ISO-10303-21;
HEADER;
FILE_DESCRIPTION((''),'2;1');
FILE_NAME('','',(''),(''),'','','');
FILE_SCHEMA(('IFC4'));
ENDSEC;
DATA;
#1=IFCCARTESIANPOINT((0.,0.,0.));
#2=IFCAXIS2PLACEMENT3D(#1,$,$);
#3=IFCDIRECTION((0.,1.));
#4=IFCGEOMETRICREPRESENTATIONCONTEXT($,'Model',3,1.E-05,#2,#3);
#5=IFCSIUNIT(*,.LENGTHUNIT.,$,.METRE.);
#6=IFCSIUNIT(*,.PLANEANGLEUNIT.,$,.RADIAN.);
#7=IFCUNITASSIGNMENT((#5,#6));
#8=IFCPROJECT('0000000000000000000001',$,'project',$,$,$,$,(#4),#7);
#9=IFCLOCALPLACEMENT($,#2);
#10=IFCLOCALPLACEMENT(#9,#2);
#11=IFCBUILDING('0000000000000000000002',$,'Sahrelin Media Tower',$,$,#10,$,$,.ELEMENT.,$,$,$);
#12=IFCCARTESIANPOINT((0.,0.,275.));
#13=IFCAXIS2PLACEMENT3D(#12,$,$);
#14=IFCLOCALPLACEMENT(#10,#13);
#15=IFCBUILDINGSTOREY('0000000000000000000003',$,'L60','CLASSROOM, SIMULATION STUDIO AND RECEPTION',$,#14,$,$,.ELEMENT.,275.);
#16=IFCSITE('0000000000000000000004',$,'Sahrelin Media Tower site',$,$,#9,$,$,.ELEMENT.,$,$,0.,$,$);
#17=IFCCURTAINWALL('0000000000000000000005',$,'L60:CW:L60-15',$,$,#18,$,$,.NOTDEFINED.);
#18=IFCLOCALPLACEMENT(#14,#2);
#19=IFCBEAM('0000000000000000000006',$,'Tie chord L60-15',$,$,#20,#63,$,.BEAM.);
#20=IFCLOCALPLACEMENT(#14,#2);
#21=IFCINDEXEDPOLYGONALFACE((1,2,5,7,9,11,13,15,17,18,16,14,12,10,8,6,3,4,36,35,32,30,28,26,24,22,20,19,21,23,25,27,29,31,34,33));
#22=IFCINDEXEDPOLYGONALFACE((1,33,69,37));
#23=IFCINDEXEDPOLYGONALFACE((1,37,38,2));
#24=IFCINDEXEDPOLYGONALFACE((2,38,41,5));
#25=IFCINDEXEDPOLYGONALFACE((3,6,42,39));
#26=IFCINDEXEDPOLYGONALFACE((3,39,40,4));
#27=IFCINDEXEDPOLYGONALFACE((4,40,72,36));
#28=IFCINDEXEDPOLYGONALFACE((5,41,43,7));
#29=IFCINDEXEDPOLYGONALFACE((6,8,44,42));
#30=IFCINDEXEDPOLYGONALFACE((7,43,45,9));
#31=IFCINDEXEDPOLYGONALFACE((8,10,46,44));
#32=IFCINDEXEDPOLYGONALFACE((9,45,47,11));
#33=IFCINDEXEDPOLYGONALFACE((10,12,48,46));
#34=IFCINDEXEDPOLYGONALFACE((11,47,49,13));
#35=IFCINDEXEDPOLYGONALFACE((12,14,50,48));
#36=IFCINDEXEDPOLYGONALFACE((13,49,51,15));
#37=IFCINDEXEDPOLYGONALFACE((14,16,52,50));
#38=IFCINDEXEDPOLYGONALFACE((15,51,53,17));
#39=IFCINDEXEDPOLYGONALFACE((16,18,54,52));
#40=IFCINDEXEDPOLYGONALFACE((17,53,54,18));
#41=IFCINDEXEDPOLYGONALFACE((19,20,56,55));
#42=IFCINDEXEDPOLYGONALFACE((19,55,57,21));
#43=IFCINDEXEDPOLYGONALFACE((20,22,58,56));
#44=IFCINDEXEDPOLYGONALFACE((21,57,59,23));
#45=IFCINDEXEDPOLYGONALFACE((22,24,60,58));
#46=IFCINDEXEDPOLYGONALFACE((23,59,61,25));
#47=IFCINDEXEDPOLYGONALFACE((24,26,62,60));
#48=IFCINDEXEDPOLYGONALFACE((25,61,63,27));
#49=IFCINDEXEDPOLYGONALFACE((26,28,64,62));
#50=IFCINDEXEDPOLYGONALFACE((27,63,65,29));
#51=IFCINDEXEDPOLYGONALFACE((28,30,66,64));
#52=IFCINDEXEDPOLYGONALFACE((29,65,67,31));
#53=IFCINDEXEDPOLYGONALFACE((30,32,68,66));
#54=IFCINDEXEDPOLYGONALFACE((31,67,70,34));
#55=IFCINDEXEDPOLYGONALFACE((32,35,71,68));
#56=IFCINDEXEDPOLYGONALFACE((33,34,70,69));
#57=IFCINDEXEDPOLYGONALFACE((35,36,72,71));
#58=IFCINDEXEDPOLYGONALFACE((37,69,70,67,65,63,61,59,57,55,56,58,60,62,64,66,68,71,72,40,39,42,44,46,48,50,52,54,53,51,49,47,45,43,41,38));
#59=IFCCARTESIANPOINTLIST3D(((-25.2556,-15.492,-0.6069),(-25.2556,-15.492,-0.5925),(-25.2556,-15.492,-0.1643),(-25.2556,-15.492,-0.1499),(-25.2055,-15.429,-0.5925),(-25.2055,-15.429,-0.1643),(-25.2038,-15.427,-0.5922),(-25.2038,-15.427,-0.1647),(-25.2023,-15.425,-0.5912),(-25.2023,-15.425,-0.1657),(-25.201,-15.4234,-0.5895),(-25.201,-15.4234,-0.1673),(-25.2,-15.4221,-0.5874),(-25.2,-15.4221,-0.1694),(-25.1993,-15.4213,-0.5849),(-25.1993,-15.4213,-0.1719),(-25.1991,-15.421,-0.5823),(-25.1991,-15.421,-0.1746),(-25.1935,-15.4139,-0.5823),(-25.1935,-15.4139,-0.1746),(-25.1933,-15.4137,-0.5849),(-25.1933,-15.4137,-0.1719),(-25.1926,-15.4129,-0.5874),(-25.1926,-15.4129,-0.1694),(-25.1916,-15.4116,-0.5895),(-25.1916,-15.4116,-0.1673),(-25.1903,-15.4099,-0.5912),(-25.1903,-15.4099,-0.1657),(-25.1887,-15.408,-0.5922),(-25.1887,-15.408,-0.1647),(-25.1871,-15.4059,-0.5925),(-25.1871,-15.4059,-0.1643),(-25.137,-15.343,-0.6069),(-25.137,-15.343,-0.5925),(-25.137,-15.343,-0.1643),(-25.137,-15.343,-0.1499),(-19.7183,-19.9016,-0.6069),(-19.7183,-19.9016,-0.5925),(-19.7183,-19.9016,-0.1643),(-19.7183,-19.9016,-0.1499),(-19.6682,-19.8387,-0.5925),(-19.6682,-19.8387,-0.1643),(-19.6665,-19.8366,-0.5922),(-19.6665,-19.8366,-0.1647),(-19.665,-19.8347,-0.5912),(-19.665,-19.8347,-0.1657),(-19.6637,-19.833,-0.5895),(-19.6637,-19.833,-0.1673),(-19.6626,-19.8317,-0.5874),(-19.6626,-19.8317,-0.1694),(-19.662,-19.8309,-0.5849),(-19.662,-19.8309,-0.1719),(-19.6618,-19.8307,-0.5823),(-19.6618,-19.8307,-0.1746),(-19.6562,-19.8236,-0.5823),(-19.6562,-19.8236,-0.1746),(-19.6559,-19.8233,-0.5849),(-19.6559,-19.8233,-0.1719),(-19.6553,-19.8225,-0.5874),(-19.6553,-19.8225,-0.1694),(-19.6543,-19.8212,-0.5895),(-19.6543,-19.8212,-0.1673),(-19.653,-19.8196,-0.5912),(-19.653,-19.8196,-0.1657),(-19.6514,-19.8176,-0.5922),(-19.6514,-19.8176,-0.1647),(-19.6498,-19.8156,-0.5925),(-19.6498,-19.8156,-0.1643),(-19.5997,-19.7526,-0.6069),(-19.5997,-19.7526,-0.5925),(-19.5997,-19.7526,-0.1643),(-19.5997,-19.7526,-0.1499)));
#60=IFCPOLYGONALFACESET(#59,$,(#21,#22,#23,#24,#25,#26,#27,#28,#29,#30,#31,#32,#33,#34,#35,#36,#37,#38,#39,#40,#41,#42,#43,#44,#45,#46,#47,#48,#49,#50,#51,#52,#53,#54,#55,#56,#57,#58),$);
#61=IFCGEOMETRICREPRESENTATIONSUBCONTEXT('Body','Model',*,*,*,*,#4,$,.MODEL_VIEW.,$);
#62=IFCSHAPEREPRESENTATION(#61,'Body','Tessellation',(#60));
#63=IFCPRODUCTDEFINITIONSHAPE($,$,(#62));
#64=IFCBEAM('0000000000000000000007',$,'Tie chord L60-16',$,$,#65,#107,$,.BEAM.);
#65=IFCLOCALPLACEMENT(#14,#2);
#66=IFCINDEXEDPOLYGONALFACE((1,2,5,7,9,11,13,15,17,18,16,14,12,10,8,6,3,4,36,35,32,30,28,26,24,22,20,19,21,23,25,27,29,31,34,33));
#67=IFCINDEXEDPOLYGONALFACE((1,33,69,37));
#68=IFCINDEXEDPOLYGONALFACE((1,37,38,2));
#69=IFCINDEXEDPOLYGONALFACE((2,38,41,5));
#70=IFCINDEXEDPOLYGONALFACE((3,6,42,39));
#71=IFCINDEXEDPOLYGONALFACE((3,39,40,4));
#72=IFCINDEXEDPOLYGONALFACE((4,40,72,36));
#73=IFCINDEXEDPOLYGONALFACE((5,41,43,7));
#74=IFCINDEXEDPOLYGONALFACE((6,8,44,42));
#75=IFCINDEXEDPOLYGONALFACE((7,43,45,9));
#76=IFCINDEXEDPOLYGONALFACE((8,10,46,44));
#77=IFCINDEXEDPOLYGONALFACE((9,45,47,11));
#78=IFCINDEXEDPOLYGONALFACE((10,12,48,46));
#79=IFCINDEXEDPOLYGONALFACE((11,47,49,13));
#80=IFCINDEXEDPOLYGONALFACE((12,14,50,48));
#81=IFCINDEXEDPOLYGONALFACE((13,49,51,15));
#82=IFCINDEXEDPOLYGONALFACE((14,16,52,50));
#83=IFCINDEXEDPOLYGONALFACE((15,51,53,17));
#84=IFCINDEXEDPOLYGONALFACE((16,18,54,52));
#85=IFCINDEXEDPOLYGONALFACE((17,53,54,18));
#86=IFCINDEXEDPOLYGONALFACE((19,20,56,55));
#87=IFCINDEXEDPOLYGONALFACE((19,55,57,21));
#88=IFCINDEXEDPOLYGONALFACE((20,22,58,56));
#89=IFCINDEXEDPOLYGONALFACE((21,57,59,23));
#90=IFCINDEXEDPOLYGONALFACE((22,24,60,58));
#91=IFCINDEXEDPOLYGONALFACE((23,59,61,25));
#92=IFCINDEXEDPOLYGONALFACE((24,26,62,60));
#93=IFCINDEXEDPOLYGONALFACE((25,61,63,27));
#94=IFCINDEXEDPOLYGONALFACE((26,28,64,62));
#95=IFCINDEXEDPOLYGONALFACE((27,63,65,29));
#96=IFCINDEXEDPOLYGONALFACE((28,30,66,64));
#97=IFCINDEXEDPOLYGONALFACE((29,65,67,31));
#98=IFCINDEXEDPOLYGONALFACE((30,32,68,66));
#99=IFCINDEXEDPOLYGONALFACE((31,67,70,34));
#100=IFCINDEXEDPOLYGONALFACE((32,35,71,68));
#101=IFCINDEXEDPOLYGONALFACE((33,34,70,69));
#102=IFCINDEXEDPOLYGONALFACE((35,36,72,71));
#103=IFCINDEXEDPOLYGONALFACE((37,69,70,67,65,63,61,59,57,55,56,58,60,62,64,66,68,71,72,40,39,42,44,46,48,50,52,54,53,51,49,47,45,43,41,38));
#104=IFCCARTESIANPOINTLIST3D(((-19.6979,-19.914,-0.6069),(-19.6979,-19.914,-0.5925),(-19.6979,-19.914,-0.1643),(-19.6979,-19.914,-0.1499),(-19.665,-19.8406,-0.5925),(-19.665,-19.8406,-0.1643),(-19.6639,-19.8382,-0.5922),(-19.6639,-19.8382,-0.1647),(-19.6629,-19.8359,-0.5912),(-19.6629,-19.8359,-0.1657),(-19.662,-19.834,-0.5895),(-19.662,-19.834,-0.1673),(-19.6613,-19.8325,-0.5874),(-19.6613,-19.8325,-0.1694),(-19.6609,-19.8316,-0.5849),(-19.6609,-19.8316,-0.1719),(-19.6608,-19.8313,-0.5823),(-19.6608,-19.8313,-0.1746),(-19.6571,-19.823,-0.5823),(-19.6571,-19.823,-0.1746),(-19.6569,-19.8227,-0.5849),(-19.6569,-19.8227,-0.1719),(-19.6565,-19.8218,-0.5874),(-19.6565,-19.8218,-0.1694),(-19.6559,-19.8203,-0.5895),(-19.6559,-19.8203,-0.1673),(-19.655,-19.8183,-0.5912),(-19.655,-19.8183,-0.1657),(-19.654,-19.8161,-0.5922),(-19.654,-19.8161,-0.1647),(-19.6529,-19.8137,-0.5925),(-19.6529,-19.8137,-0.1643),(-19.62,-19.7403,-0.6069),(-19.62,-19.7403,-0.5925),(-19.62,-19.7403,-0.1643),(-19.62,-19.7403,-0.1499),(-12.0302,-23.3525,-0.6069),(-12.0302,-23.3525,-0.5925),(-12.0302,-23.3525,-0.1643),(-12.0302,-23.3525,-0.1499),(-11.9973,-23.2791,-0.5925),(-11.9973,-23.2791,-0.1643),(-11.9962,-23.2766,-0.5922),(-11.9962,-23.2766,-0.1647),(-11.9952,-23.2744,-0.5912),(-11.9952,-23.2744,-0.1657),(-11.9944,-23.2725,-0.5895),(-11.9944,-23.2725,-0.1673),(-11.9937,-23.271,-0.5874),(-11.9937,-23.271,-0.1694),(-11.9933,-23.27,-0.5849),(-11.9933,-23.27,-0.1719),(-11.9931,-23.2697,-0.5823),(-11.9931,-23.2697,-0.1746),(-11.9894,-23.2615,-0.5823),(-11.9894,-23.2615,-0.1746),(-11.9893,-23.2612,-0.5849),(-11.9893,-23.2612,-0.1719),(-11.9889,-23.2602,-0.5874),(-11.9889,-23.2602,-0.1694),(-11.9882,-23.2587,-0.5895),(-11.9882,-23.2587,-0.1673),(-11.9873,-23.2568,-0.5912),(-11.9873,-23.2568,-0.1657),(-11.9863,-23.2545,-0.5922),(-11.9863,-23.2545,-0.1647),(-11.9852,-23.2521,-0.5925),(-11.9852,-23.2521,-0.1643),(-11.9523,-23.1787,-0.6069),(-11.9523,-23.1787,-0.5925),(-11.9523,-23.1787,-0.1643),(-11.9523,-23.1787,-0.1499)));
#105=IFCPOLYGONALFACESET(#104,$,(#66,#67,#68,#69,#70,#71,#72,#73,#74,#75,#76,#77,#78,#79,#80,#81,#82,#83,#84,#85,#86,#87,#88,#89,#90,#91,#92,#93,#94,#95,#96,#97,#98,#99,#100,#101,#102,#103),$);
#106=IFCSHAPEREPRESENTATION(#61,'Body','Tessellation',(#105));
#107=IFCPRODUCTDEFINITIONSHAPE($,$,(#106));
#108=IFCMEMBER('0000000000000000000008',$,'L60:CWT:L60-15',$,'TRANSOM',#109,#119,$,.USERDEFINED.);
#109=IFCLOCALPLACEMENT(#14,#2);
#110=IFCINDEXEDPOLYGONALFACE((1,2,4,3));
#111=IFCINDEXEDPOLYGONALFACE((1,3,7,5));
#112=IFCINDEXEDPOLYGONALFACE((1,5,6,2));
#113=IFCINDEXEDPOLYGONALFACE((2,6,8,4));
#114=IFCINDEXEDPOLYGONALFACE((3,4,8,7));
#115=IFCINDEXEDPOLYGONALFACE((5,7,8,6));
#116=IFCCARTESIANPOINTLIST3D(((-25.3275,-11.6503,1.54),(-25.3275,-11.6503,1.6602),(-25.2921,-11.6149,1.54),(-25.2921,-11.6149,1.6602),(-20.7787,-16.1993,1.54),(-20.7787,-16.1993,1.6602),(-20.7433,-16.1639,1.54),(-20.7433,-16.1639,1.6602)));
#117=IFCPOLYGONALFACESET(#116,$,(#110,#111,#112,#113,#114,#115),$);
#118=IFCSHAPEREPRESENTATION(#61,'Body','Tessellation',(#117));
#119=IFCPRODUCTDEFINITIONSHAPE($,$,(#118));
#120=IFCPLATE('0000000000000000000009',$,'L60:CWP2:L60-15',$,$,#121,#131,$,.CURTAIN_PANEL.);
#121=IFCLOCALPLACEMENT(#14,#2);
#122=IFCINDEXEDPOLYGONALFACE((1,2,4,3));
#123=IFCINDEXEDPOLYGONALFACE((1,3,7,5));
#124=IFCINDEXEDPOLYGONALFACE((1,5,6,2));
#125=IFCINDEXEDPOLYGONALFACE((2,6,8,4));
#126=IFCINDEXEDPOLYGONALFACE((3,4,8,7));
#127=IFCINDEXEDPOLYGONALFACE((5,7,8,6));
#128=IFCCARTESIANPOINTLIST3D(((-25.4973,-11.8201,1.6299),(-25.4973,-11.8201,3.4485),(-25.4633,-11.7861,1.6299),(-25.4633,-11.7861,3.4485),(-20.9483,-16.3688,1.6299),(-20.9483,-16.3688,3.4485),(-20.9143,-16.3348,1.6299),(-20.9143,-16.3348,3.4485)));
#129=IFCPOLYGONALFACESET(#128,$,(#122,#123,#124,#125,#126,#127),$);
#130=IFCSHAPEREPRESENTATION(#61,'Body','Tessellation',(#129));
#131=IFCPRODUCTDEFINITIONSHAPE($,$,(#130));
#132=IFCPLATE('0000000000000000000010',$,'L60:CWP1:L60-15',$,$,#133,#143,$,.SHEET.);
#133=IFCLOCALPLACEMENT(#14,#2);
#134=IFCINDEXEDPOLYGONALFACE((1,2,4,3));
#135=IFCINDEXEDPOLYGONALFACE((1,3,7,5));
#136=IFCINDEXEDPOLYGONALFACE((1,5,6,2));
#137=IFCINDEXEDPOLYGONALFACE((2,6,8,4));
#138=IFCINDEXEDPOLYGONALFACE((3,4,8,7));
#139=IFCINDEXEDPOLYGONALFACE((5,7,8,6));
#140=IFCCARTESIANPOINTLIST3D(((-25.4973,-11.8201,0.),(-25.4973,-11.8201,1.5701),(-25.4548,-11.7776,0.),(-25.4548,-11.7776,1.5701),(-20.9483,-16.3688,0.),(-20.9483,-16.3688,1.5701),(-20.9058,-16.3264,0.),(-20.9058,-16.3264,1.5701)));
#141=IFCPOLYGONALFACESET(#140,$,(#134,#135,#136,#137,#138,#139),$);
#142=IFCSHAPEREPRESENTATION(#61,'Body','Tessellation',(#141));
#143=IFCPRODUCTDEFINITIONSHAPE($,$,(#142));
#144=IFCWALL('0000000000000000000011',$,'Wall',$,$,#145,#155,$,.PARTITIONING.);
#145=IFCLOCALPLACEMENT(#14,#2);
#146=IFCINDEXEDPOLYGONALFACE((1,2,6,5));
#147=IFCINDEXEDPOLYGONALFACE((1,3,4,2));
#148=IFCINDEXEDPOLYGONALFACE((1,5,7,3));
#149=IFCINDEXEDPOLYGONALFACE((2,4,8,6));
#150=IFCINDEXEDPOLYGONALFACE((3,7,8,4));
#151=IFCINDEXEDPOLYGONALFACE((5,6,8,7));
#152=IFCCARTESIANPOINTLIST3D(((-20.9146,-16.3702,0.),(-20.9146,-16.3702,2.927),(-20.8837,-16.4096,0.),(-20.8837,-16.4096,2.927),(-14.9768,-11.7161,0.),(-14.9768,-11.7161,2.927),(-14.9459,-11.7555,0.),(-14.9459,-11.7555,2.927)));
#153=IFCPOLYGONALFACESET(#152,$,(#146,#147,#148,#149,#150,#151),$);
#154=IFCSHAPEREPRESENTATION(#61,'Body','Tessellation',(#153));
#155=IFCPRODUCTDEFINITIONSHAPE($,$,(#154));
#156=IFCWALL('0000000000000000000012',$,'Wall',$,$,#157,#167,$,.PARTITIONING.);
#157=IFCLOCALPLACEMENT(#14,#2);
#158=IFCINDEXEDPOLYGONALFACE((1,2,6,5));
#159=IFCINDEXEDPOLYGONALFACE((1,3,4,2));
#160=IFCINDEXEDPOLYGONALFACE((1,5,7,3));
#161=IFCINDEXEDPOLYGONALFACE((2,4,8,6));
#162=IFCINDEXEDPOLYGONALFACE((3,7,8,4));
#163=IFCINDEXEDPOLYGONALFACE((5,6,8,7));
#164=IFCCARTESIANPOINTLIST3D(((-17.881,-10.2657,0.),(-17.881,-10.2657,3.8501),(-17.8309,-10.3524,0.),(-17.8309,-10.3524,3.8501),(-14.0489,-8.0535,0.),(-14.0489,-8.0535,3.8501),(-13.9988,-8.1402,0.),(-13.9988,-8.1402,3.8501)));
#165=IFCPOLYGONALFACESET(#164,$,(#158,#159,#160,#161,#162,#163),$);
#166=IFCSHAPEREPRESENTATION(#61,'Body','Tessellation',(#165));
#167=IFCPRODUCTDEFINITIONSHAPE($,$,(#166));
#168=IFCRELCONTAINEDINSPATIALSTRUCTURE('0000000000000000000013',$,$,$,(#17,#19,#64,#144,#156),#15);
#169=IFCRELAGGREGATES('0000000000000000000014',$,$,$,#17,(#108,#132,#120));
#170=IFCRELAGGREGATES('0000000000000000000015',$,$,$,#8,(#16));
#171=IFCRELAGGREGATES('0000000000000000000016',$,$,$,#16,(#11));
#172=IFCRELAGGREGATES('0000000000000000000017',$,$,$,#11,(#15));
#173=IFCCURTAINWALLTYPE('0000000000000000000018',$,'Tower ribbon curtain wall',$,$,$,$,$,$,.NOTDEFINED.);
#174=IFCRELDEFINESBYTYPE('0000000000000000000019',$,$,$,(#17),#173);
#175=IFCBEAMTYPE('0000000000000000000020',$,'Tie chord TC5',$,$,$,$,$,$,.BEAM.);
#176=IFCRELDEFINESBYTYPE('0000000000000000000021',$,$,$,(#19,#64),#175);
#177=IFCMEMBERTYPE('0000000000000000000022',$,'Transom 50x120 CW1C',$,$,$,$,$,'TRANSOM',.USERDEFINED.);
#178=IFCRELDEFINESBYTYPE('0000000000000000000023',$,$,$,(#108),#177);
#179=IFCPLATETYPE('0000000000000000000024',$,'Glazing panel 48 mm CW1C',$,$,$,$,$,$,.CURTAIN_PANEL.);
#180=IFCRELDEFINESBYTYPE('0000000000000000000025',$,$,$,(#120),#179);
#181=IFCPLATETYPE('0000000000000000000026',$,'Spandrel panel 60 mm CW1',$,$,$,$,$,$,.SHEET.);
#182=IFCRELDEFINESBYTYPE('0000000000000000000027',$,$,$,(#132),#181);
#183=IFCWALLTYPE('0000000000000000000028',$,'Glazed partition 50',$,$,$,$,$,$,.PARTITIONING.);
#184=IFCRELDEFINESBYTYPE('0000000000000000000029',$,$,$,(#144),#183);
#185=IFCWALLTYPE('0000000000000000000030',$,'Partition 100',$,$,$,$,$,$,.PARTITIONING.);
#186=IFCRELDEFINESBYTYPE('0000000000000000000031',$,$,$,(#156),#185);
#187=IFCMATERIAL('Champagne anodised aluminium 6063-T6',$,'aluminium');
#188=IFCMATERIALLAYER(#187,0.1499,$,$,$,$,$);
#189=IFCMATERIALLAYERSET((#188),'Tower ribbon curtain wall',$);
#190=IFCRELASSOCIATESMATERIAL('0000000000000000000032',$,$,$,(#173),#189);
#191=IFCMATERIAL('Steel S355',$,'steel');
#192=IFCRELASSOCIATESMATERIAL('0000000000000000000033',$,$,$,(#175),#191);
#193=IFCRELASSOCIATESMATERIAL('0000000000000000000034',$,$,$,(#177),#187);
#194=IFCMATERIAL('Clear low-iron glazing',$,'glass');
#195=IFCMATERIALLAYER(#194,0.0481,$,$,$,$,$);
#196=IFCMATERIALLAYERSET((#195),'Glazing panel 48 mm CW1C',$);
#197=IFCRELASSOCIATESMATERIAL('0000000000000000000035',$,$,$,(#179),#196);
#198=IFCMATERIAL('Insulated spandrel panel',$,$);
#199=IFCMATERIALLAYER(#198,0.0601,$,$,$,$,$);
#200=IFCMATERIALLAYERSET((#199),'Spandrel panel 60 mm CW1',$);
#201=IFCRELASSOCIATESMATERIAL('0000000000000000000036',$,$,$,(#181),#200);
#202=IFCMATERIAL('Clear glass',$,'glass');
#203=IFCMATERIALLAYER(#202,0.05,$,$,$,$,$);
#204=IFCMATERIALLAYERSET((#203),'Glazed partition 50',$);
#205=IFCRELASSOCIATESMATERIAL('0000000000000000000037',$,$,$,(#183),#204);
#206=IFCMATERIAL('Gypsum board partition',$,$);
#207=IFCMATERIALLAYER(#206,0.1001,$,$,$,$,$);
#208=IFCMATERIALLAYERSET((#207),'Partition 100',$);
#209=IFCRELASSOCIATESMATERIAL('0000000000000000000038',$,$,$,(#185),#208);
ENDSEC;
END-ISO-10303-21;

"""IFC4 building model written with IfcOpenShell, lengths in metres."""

from ifc_helpers import new_model, si_unit, direction, frame, frame_2d, origin, origin_2d, place, context, subcontext, project, spatial, polyline, rectangle, i_section, outline, extrude, material, layer, layer_set, material_profile, profile_set, type_object, element, aggregate, save


model = new_model("IFC4")

# Units and contexts
model_context = context("Model", 3, precision=1e-05, world=origin(), true_north=direction((0.0, 1.0)))
body_context = subcontext(model_context, "Body", "Model", "MODEL_VIEW")
ifc_project = project(units=[si_unit("LENGTHUNIT", "METRE"), si_unit("PLANEANGLEUNIT", "RADIAN")], contexts=[model_context])

# Site, building, storey
site_placement = place(None, origin())
site = spatial("IfcSite", under=ifc_project, at=site_placement, Name="Sahrelin Media Tower site", CompositionType="ELEMENT", RefElevation=0.0)
building_placement = place(site_placement, origin())
building = spatial("IfcBuilding", under=site, at=building_placement, Name="Sahrelin Media Tower", CompositionType="ELEMENT")
storey_placement = place(building_placement, frame((0.0, 0.0, 275.0)))
storey = spatial("IfcBuildingStorey", under=building, at=storey_placement, Name="L60", Description="CLASSROOM, SIMULATION STUDIO AND RECEPTION", CompositionType="ELEMENT", Elevation=275.0)

# Shared definitions
ifc_material_1 = material(Name="Steel S355", Category="steel")

# Curtain wall
ifc_material_2 = material(Name="Champagne anodised aluminium 6063-T6", Category="aluminium")
ifc_layer_1 = layer(ifc_material_2, 0.1499)
ifc_layer_set_1 = layer_set([ifc_layer_1], Name="Tower ribbon curtain wall")
curtain_wall_type = type_object("IfcCurtainWallType", Name="Tower ribbon curtain wall", PredefinedType="NOTDEFINED", material=ifc_layer_set_1)
curtain_wall_1_placement = place(storey_placement, frame((-23.2085, -14.0803, 0.0), z_axis=(0.0, 0.0, 1.0), x_axis=(1.0, 0.0, 0.0)))
curtain_wall_1 = element("IfcCurtainWall", 1, at=curtain_wall_1_placement, inside=storey, type_object=curtain_wall_type, Name="L60:CW:L60-15", PredefinedType="NOTDEFINED")

# Beams
ifc_material_profile_1 = material_profile(ifc_material_1, i_section(OverallWidth=0.1904, OverallDepth=0.457, WebThickness=0.009, FlangeThickness=0.0144, FilletRadius=0.0103, at=origin_2d()), Name="UB 457x191x74")
ifc_profile_set_1 = profile_set([ifc_material_profile_1], Name="Steel S355")
beam_type_1 = type_object("IfcBeamType", Name="Tie chord TC5", PredefinedType="BEAM", material=ifc_profile_set_1)
beam_1_placement = place(storey_placement, frame((-25.1963, -15.4175, -0.3784), z_axis=(0.78226, -0.622952, 0.0), x_axis=(0.622952, 0.78226, 0.0)))
element("IfcBeam", 2, at=beam_1_placement, inside=storey, type_object=beam_type_1, Name="Tie chord L60-15", PredefinedType="BEAM", context=body_context, shape_type="SweptSolid", body=[
    extrude(i_section(OverallWidth=0.1904, OverallDepth=0.457, WebThickness=0.009, FlangeThickness=0.0144, FilletRadius=0.0103, at=origin_2d()), origin(), (0.0, 0.0, 1.0), 7.0786),
])
beam_2_placement = place(storey_placement, frame((-19.6589, -19.8271, -0.3784), z_axis=(0.912455, -0.409177, 0.0), x_axis=(0.409177, 0.912455, 0.0)))
element("IfcBeam", 3, at=beam_2_placement, inside=storey, type_object=beam_type_1, Name="Tie chord L60-16", PredefinedType="BEAM", context=body_context, shape_type="SweptSolid", body=[
    extrude(i_section(OverallWidth=0.1904, OverallDepth=0.457, WebThickness=0.009, FlangeThickness=0.0144, FilletRadius=0.0103, at=origin_2d()), origin(), (0.0, 0.0, 1.0), 8.4033),
])

# Member
ifc_material_profile_2 = material_profile(ifc_material_2, rectangle(XDim=0.05, YDim=0.1201, at=origin_2d()), Name="Transom 50x120")
ifc_profile_set_2 = profile_set([ifc_material_profile_2], Name="Champagne anodised aluminium 6063-T6")
member_type_1 = type_object("IfcMemberType", Name="Transom 50x120 CW1C", ElementType="TRANSOM", PredefinedType="USERDEFINED", material=ifc_profile_set_2)
member_1_placement = place(storey_placement, frame((-25.3098, -11.6326, 1.6001), z_axis=(0.707088, -0.707126, 0.0), x_axis=(0.707126, 0.707088, 0.0)))
member_1 = element("IfcMember", 4, at=member_1_placement, type_object=member_type_1, Name="L60:CWT:L60-15", ObjectType="TRANSOM", PredefinedType="USERDEFINED", context=body_context, shape_type="SweptSolid", body=[
    extrude(rectangle(XDim=0.05, YDim=0.1201, at=origin_2d()), origin(), (0.0, 0.0, 1.0), 6.4331),
])

# Plates
ifc_material_3 = material(Name="Clear low-iron glazing", Category="glass")
ifc_layer_2 = layer(ifc_material_3, 0.0481)
ifc_layer_set_2 = layer_set([ifc_layer_2], Name="Glazing panel 48 mm CW1C")
plate_type_1 = type_object("IfcPlateType", Name="Glazing panel 48 mm CW1C", PredefinedType="CURTAIN_PANEL", material=ifc_layer_set_2)
plate_1_placement = place(storey_placement, frame((-25.4973, -11.8201, 1.6299), z_axis=(-0.707088, -0.707126, 0.0), x_axis=(0.707126, -0.707088, 0.0)))
plate_1 = element("IfcPlate", 5, at=plate_1_placement, type_object=plate_type_1, Name="L60:CWP2:L60-15", PredefinedType="CURTAIN_PANEL", context=body_context, shape_type="SweptSolid", body=[
    extrude(outline(polyline([(0.0, 0.0), (6.4331, 0.0), (6.4331, 1.8186), (0.0, 1.8186), (0.0, 0.0)])), origin(), (0.0, 0.0, -1.0), 0.0481),
])
ifc_material_4 = material(Name="Insulated spandrel panel")
ifc_layer_3 = layer(ifc_material_4, 0.0601)
ifc_layer_set_3 = layer_set([ifc_layer_3], Name="Spandrel panel 60 mm CW1")
plate_type_2 = type_object("IfcPlateType", Name="Spandrel panel 60 mm CW1", PredefinedType="SHEET", material=ifc_layer_set_3)
plate_2_placement = place(storey_placement, frame((-25.4973, -11.8201, 0.0), z_axis=(-0.707088, -0.707126, 0.0), x_axis=(0.707126, -0.707088, 0.0)))
plate_2 = element("IfcPlate", 6, at=plate_2_placement, type_object=plate_type_2, Name="L60:CWP1:L60-15", PredefinedType="SHEET", context=body_context, shape_type="SweptSolid", body=[
    extrude(outline(polyline([(0.0, 0.0), (6.4331, 0.0), (6.4331, 1.5701), (0.0, 1.5701), (0.0, 0.0)])), origin(), (0.0, 0.0, -1.0), 0.0601),
])
aggregate(curtain_wall_1, [member_1, plate_2, plate_1])

# Walls
ifc_material_5 = material(Name="Clear glass", Category="glass")
ifc_layer_4 = layer(ifc_material_5, 0.05)
ifc_layer_set_4 = layer_set([ifc_layer_4], Name="Glazed partition 50")
wall_type_1 = type_object("IfcWallType", Name="Glazed partition 50", PredefinedType="PARTITIONING", material=ifc_layer_set_4)
wall_1_placement = place(storey_placement, frame((-20.8992, -16.3899, 0.0), z_axis=(0.0, 0.0, 1.0), x_axis=(0.787047, 0.616894, 0.0)))
element("IfcWall", 7, at=wall_1_placement, inside=storey, type_object=wall_type_1, Name="Wall", PredefinedType="PARTITIONING", context=body_context, shape_type="SweptSolid", body=[
    extrude(rectangle(XDim=7.5444, YDim=0.05, at=frame_2d((3.7722, 0.0))), origin(), (0.0, 0.0, 1.0), 2.927),
])
ifc_material_6 = material(Name="Gypsum board partition")
ifc_layer_5 = layer(ifc_material_6, 0.1001)
ifc_layer_set_5 = layer_set([ifc_layer_5], Name="Partition 100")
wall_type_2 = type_object("IfcWallType", Name="Partition 100", PredefinedType="PARTITIONING", material=ifc_layer_set_5)
wall_2_placement = place(storey_placement, frame((-17.856, -10.3091, 0.0), z_axis=(0.0, 0.0, 1.0), x_axis=(0.866051, 0.499955, 0.0)))
element("IfcWall", 8, at=wall_2_placement, inside=storey, type_object=wall_type_2, Name="Wall", PredefinedType="PARTITIONING", context=body_context, shape_type="SweptSolid", body=[
    extrude(rectangle(XDim=4.4248, YDim=0.1001, at=frame_2d((2.2124, 0.0))), origin(), (0.0, 0.0, 1.0), 3.8501),
])

save(model, "model.ifc")
